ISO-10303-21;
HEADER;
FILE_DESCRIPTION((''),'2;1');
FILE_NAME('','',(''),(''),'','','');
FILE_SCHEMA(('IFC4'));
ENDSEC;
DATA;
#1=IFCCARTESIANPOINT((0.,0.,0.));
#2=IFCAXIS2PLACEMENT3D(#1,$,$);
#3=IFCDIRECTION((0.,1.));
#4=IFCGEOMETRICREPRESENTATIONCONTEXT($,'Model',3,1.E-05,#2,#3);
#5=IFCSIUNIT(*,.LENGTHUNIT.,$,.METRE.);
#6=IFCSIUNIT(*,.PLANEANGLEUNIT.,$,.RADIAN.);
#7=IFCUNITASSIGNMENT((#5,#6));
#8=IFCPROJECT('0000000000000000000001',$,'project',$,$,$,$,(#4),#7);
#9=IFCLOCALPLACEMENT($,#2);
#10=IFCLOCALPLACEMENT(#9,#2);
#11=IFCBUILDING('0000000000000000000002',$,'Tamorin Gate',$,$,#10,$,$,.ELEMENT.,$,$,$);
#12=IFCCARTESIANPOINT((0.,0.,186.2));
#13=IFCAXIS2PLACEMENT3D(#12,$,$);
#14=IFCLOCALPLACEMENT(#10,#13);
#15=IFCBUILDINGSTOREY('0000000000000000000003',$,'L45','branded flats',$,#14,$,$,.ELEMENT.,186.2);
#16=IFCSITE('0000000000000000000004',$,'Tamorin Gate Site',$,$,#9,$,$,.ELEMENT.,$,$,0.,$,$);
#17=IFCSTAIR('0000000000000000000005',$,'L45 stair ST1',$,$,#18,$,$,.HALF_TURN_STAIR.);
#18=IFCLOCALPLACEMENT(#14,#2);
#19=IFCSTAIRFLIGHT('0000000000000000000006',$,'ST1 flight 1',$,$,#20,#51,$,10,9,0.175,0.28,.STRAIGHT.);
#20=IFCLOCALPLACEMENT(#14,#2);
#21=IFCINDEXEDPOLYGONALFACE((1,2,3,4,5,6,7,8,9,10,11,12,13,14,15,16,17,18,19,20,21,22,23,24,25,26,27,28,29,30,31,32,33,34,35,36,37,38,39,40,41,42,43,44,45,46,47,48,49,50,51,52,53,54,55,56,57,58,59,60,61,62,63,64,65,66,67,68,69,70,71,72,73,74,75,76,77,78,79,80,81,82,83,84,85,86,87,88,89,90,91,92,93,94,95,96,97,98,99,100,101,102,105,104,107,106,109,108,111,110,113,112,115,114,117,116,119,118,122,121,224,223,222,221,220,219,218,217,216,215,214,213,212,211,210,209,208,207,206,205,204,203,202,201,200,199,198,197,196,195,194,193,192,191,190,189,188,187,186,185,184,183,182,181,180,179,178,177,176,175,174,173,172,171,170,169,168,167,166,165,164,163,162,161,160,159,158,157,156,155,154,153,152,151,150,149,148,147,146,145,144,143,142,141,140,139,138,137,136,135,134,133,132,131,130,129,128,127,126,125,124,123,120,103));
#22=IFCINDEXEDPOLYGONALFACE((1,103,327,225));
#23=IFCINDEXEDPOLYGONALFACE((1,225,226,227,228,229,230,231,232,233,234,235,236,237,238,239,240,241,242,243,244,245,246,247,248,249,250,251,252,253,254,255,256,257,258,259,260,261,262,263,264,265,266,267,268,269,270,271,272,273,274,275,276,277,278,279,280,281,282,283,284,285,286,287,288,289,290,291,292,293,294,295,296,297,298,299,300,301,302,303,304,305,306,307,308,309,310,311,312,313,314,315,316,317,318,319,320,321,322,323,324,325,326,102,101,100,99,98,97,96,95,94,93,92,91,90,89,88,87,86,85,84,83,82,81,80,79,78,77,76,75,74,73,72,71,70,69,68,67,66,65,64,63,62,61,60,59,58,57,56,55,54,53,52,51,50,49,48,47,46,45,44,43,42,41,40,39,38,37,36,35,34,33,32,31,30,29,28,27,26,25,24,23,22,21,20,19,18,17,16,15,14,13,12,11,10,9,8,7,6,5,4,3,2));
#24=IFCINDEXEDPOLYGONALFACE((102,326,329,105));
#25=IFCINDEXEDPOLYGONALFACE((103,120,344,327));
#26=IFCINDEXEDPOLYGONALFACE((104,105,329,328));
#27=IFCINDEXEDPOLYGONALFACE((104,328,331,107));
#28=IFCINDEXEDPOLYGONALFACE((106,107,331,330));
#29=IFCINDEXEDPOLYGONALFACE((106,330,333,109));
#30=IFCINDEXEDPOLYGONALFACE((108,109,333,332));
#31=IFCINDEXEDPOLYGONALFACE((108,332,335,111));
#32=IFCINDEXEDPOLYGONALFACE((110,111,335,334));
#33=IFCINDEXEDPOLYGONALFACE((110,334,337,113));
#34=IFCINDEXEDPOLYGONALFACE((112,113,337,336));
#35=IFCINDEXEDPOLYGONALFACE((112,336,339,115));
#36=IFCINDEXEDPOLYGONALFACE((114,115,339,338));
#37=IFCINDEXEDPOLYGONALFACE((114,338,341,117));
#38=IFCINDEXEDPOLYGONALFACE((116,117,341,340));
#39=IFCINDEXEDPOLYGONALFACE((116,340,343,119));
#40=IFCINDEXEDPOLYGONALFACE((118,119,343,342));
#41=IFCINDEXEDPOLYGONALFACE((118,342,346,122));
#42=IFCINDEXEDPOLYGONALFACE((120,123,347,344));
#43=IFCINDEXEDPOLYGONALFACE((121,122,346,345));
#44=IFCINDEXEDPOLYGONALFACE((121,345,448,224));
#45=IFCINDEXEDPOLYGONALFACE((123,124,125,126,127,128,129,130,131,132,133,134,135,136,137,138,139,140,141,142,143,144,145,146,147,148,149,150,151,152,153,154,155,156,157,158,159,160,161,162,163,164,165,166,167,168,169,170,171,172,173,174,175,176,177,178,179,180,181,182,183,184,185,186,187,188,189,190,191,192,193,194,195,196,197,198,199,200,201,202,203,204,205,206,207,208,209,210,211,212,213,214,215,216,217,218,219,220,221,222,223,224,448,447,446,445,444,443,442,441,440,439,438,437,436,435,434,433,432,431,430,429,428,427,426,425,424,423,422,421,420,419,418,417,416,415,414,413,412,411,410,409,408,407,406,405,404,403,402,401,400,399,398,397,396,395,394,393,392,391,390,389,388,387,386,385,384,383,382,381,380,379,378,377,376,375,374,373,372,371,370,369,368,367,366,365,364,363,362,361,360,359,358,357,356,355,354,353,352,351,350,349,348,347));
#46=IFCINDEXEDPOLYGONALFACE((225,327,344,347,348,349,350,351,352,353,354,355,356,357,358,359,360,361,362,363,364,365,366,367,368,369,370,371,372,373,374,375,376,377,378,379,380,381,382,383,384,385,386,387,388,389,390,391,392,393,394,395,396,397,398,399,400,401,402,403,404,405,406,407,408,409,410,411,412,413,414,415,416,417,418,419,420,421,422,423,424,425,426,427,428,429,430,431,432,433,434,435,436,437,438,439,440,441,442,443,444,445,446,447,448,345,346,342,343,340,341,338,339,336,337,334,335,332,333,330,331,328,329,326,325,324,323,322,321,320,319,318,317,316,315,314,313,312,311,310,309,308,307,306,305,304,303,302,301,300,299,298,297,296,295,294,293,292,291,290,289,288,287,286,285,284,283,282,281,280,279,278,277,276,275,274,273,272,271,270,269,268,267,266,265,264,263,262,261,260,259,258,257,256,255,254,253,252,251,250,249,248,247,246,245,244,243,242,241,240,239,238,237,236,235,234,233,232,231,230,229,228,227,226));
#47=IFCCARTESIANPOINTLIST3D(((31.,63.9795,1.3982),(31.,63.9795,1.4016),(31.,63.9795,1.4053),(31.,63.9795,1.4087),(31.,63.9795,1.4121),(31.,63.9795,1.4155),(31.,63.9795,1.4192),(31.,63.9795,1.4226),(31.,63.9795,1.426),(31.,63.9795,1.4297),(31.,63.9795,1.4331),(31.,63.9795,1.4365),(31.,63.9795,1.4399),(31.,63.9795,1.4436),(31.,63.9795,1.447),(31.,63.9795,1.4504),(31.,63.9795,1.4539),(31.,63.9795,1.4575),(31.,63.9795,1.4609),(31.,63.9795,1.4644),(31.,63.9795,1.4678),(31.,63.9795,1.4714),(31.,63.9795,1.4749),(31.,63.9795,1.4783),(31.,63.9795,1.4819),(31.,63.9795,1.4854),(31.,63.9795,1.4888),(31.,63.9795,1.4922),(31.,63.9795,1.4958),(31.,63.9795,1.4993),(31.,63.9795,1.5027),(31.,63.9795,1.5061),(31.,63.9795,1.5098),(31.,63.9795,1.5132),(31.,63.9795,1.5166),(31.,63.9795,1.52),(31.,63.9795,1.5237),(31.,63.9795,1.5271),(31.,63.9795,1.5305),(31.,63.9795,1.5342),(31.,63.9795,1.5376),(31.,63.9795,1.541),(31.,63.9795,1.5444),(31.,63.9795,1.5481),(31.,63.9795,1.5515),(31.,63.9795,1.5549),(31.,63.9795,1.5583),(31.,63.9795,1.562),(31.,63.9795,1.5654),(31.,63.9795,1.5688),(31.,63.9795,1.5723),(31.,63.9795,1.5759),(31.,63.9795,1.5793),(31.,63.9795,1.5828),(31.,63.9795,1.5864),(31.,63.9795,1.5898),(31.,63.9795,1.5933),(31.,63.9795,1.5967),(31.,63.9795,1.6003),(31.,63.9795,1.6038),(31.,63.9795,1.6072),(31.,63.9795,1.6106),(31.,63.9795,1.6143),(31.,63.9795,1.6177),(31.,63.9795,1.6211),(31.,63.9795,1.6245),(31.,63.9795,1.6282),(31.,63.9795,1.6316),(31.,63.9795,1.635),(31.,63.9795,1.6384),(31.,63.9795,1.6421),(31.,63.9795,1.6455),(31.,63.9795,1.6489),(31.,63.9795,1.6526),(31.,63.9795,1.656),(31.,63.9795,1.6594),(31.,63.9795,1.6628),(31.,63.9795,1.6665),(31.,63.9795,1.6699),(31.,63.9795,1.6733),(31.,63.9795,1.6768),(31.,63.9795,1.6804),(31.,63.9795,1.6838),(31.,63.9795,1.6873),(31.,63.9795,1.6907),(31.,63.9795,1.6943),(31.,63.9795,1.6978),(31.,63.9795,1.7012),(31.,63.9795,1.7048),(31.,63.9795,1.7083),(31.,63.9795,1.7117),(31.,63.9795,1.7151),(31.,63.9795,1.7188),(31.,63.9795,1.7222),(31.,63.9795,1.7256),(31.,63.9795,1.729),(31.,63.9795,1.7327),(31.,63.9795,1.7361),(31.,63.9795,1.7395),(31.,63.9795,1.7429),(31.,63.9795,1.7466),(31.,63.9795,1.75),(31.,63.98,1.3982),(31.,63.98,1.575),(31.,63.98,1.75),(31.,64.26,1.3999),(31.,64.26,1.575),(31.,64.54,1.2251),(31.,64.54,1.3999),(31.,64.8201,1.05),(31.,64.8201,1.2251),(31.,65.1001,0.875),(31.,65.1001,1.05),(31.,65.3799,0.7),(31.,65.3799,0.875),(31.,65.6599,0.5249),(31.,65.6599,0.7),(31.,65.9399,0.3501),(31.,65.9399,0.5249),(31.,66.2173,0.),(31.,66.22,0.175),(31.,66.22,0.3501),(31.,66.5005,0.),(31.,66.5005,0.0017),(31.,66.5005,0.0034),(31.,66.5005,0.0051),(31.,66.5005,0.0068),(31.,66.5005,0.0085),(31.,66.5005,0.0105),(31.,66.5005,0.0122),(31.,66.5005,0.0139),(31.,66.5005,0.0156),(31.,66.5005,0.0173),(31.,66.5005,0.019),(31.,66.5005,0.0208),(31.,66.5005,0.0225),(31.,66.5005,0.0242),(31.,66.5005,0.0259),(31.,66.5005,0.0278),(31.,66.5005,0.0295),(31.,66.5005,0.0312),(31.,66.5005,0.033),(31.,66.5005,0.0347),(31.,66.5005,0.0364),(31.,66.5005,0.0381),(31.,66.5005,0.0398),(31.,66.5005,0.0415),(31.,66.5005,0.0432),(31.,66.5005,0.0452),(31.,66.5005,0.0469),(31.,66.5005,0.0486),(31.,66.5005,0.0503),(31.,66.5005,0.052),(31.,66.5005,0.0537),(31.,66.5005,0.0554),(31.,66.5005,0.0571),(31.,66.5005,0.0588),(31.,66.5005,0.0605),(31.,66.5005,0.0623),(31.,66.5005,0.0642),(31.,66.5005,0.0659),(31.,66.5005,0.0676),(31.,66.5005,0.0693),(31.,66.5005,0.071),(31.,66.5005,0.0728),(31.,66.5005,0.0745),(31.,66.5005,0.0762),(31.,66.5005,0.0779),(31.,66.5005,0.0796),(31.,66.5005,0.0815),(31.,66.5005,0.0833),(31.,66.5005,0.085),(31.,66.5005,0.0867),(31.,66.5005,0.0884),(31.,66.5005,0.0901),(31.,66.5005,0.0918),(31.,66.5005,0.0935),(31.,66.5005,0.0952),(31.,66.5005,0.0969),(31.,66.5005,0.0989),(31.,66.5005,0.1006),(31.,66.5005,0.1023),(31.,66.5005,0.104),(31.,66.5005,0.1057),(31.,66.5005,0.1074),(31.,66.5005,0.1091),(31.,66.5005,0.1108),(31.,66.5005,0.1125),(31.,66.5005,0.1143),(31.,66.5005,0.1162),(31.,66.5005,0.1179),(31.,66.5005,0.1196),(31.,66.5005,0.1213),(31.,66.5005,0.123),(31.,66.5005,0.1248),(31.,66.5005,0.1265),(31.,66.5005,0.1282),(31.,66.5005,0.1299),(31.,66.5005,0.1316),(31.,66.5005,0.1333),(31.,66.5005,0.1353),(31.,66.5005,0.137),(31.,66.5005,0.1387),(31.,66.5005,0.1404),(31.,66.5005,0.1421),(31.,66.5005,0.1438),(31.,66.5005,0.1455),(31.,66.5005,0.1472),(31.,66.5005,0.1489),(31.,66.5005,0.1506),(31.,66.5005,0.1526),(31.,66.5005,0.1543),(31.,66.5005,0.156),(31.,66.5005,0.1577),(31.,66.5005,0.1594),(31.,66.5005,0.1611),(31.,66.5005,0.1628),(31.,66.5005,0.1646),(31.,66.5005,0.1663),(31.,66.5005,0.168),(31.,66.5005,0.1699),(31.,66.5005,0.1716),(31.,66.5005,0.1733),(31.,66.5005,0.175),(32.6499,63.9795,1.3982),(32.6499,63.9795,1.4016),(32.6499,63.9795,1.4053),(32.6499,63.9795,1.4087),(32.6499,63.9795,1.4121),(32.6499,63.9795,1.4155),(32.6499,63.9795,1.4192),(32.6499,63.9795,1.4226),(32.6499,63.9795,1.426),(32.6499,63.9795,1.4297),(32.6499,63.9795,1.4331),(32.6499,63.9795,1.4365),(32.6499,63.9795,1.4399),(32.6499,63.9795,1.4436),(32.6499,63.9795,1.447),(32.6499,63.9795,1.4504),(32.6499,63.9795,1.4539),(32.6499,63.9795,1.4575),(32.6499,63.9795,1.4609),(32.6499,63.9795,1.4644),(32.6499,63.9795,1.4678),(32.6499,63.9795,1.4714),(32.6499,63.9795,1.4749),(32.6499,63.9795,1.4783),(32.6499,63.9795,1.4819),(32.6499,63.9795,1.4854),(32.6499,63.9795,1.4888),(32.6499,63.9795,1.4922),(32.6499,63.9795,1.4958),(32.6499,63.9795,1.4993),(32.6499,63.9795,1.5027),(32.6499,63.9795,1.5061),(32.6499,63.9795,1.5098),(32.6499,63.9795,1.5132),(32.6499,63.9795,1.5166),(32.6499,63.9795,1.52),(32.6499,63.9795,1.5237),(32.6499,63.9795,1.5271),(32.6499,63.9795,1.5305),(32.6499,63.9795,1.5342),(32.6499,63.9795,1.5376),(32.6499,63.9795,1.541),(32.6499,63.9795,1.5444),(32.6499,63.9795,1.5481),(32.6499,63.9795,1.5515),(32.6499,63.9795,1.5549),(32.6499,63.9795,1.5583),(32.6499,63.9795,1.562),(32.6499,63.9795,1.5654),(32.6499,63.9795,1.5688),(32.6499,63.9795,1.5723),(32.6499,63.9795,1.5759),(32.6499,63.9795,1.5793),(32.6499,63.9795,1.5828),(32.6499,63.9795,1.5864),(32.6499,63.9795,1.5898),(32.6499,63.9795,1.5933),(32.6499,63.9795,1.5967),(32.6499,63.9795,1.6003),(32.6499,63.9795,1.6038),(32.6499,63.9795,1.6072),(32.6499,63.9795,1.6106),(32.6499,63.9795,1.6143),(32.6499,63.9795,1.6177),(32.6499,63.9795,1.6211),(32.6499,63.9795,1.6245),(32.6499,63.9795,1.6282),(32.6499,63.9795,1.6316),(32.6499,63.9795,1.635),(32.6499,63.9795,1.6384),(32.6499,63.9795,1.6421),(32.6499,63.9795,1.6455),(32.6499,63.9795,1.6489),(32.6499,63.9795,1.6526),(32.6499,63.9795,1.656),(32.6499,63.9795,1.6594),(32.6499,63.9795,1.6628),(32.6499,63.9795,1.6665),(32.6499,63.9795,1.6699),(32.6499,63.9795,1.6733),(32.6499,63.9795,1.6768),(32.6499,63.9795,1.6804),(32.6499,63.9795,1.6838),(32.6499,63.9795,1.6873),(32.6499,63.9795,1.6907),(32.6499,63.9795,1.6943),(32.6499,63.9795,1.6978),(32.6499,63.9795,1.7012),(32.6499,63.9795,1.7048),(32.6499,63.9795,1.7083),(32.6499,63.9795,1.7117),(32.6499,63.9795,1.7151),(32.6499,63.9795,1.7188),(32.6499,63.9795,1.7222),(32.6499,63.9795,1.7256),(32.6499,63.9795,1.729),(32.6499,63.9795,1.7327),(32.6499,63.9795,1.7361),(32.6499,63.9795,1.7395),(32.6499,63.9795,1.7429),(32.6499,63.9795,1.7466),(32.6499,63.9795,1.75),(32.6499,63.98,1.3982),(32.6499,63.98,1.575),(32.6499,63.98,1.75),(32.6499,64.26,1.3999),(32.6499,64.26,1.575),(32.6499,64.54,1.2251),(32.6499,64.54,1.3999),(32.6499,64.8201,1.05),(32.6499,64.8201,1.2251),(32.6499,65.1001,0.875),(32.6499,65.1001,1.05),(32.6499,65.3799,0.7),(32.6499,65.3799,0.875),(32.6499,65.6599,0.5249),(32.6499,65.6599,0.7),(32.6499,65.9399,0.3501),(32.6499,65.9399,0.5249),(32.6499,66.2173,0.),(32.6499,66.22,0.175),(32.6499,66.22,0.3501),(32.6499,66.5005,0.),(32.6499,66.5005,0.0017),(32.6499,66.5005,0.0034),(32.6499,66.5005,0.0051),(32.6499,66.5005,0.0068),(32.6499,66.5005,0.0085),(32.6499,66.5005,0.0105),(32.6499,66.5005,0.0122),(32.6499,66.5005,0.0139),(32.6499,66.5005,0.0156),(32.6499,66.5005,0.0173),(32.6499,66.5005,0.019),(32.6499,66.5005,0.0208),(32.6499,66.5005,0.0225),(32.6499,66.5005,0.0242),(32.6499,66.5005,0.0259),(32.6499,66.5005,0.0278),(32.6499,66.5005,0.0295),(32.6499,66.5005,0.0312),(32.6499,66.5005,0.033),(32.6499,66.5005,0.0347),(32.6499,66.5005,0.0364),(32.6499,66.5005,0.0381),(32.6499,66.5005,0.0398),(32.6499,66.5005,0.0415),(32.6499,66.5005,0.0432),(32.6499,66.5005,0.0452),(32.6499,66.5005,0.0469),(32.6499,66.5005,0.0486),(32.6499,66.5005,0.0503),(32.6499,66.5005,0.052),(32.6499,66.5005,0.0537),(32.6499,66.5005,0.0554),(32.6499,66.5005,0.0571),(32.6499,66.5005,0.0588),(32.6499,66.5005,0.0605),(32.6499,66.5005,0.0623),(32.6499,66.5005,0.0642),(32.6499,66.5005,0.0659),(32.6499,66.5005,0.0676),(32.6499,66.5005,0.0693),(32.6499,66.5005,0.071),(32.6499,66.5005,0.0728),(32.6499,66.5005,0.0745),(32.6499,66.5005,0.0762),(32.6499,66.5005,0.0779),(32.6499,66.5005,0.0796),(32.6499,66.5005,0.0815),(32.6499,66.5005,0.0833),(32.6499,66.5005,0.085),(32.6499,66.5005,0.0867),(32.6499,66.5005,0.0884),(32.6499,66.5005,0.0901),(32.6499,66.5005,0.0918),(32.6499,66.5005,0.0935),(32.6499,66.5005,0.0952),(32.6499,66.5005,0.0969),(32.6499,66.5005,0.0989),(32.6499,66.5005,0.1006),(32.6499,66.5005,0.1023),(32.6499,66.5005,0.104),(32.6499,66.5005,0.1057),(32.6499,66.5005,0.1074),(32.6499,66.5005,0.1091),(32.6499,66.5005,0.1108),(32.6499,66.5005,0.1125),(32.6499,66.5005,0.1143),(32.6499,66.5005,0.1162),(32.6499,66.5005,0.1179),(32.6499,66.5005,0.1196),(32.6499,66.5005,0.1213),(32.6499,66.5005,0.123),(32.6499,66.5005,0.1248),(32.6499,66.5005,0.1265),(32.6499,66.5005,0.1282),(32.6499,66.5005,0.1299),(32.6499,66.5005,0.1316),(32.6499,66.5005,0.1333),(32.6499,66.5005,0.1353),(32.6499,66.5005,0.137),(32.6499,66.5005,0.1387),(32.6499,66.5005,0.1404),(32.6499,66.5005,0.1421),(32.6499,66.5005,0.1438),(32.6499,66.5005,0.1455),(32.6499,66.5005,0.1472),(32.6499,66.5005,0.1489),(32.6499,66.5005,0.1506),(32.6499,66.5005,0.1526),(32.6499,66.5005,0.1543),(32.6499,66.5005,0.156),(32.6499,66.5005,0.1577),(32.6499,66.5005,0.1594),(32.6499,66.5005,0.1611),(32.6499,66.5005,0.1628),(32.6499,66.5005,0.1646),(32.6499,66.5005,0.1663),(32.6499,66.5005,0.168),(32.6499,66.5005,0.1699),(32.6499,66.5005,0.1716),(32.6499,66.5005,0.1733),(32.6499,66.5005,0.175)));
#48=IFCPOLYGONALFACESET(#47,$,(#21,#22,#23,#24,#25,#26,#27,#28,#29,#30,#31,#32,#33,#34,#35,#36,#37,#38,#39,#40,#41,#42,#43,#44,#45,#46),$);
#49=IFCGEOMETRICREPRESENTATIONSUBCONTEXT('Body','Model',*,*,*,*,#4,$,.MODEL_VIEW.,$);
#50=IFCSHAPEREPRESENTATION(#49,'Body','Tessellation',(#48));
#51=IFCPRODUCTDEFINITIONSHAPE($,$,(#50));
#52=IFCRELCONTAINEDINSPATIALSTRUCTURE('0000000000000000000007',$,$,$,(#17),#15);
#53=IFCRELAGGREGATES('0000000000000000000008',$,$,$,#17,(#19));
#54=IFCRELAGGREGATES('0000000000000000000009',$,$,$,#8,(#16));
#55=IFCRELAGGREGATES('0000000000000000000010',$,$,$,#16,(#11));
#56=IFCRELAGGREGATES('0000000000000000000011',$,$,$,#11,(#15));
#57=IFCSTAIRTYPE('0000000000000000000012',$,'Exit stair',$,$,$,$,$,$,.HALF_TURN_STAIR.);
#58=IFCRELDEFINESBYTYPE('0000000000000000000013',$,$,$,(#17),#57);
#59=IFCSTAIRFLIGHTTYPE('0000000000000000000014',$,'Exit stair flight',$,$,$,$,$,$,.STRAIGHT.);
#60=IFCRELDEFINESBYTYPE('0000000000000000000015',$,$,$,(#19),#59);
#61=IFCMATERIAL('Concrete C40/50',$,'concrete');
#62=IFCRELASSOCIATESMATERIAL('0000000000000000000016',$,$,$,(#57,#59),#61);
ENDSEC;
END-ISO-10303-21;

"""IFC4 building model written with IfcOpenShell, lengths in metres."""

from ifc_helpers import new_model, si_unit, direction, frame, origin, place, context, subcontext, project, spatial, polyline, outline, extrude, material, type_object, element, aggregate, save


model = new_model("IFC4")

# Units and contexts
model_context = context("Model", 3, precision=1e-05, world=origin(), true_north=direction((0.0, 1.0)))
body_context = subcontext(model_context, "Body", "Model", "MODEL_VIEW")
ifc_project = project(units=[si_unit("LENGTHUNIT", "METRE"), si_unit("PLANEANGLEUNIT", "RADIAN")], contexts=[model_context])

# Site, building, storey
site_placement = place(None, origin())
site = spatial("IfcSite", under=ifc_project, at=site_placement, Name="Tamorin Gate Site", CompositionType="ELEMENT", RefElevation=0.0)
building_placement = place(site_placement, origin())
building = spatial("IfcBuilding", under=site, at=building_placement, Name="Tamorin Gate", CompositionType="ELEMENT")
storey_placement = place(building_placement, frame((0.0, 0.0, 186.2)))
storey = spatial("IfcBuildingStorey", under=building, at=storey_placement, Name="L45", Description="branded flats", CompositionType="ELEMENT", Elevation=186.2)

# Shared definitions
ifc_material_1 = material(Name="Concrete C40/50", Category="concrete")

# Stair, stair flight
stair_type = type_object("IfcStairType", Name="Exit stair", PredefinedType="HALF_TURN_STAIR", material=ifc_material_1)
stair_1_placement = place(storey_placement, origin())
stair_1 = element("IfcStair", 1, at=stair_1_placement, inside=storey, type_object=stair_type, Name="L45 stair ST1", PredefinedType="HALF_TURN_STAIR")
stair_flight_type = type_object("IfcStairFlightType", Name="Exit stair flight", PredefinedType="STRAIGHT", material=ifc_material_1)
stair_flight_1_placement = place(storey_placement, frame((31.825, 66.5, 0.0), z_axis=(0.0, 0.0, 1.0), x_axis=(0.0, -1.0, 0.0)))
stair_flight_1 = element("IfcStairFlight", 2, at=stair_flight_1_placement, type_object=stair_flight_type, Name="ST1 flight 1", NumberOfRisers=10, NumberOfTreads=9, PredefinedType="STRAIGHT", RiserHeight=0.175, TreadLength=0.28, context=body_context, shape_type="SweptSolid", body=[
    extrude(outline(polyline([(-0.0005, 0.0), (-0.0005, 0.0017), (-0.0005, 0.0034), (-0.0005, 0.0051), (-0.0005, 0.0068), (-0.0005, 0.0085), (-0.0005, 0.0105), (-0.0005, 0.0122), (-0.0005, 0.0139), (-0.0005, 0.0156), (-0.0005, 0.0173), (-0.0005, 0.019), (-0.0005, 0.0208), (-0.0005, 0.0225), (-0.0005, 0.0242), (-0.0005, 0.0259), (-0.0005, 0.0278), (-0.0005, 0.0295), (-0.0005, 0.0312), (-0.0005, 0.033), (-0.0005, 0.0347), (-0.0005, 0.0364), (-0.0005, 0.0381), (-0.0005, 0.0398), (-0.0005, 0.0415), (-0.0005, 0.0432), (-0.0005, 0.0452), (-0.0005, 0.0469), (-0.0005, 0.0486), (-0.0005, 0.0503), (-0.0005, 0.052), (-0.0005, 0.0537), (-0.0005, 0.0554), (-0.0005, 0.0571), (-0.0005, 0.0588), (-0.0005, 0.0605), (-0.0005, 0.0623), (-0.0005, 0.0642), (-0.0005, 0.0659), (-0.0005, 0.0676), (-0.0005, 0.0693), (-0.0005, 0.071), (-0.0005, 0.0728), (-0.0005, 0.0745), (-0.0005, 0.0762), (-0.0005, 0.0779), (-0.0005, 0.0796), (-0.0005, 0.0815), (-0.0005, 0.0833), (-0.0005, 0.085), (-0.0005, 0.0867), (-0.0005, 0.0884), (-0.0005, 0.0901), (-0.0005, 0.0918), (-0.0005, 0.0935), (-0.0005, 0.0952), (-0.0005, 0.0969), (-0.0005, 0.0989), (-0.0005, 0.1006), (-0.0005, 0.1023), (-0.0005, 0.104), (-0.0005, 0.1057), (-0.0005, 0.1074), (-0.0005, 0.1091), (-0.0005, 0.1108), (-0.0005, 0.1125), (-0.0005, 0.1143), (-0.0005, 0.1162), (-0.0005, 0.1179), (-0.0005, 0.1196), (-0.0005, 0.1213), (-0.0005, 0.123), (-0.0005, 0.1248), (-0.0005, 0.1265), (-0.0005, 0.1282), (-0.0005, 0.1299), (-0.0005, 0.1316), (-0.0005, 0.1333), (-0.0005, 0.1353), (-0.0005, 0.137), (-0.0005, 0.1387), (-0.0005, 0.1404), (-0.0005, 0.1421), (-0.0005, 0.1438), (-0.0005, 0.1455), (-0.0005, 0.1472), (-0.0005, 0.1489), (-0.0005, 0.1506), (-0.0005, 0.1526), (-0.0005, 0.1543), (-0.0005, 0.156), (-0.0005, 0.1577), (-0.0005, 0.1594), (-0.0005, 0.1611), (-0.0005, 0.1628), (-0.0005, 0.1646), (-0.0005, 0.1663), (-0.0005, 0.168), (-0.0005, 0.1699), (-0.0005, 0.1716), (-0.0005, 0.1733), (-0.0005, 0.175), (0.28, 0.175), (0.28, 0.3501), (0.5601, 0.3501), (0.5601, 0.5249), (0.8401, 0.5249), (0.8401, 0.7), (1.1201, 0.7), (1.1201, 0.875), (1.3999, 0.875), (1.3999, 1.05), (1.6799, 1.05), (1.6799, 1.2251), (1.96, 1.2251), (1.96, 1.3999), (2.24, 1.3999), (2.24, 1.575), (2.52, 1.575), (2.52, 1.75), (2.5205, 1.75), (2.5205, 1.7466), (2.5205, 1.7429), (2.5205, 1.7395), (2.5205, 1.7361), (2.5205, 1.7327), (2.5205, 1.729), (2.5205, 1.7256), (2.5205, 1.7222), (2.5205, 1.7188), (2.5205, 1.7151), (2.5205, 1.7117), (2.5205, 1.7083), (2.5205, 1.7048), (2.5205, 1.7012), (2.5205, 1.6978), (2.5205, 1.6943), (2.5205, 1.6907), (2.5205, 1.6873), (2.5205, 1.6838), (2.5205, 1.6804), (2.5205, 1.6768), (2.5205, 1.6733), (2.5205, 1.6699), (2.5205, 1.6665), (2.5205, 1.6628), (2.5205, 1.6594), (2.5205, 1.656), (2.5205, 1.6526), (2.5205, 1.6489), (2.5205, 1.6455), (2.5205, 1.6421), (2.5205, 1.6384), (2.5205, 1.635), (2.5205, 1.6316), (2.5205, 1.6282), (2.5205, 1.6245), (2.5205, 1.6211), (2.5205, 1.6177), (2.5205, 1.6143), (2.5205, 1.6106), (2.5205, 1.6072), (2.5205, 1.6038), (2.5205, 1.6003), (2.5205, 1.5967), (2.5205, 1.5933), (2.5205, 1.5898), (2.5205, 1.5864), (2.5205, 1.5828), (2.5205, 1.5793), (2.5205, 1.5759), (2.5205, 1.5723), (2.5205, 1.5688), (2.5205, 1.5654), (2.5205, 1.562), (2.5205, 1.5583), (2.5205, 1.5549), (2.5205, 1.5515), (2.5205, 1.5481), (2.5205, 1.5444), (2.5205, 1.541), (2.5205, 1.5376), (2.5205, 1.5342), (2.5205, 1.5305), (2.5205, 1.5271), (2.5205, 1.5237), (2.5205, 1.52), (2.5205, 1.5166), (2.5205, 1.5132), (2.5205, 1.5098), (2.5205, 1.5061), (2.5205, 1.5027), (2.5205, 1.4993), (2.5205, 1.4958), (2.5205, 1.4922), (2.5205, 1.4888), (2.5205, 1.4854), (2.5205, 1.4819), (2.5205, 1.4783), (2.5205, 1.4749), (2.5205, 1.4714), (2.5205, 1.4678), (2.5205, 1.4644), (2.5205, 1.4609), (2.5205, 1.4575), (2.5205, 1.4539), (2.5205, 1.4504), (2.5205, 1.447), (2.5205, 1.4436), (2.5205, 1.4399), (2.5205, 1.4365), (2.5205, 1.4331), (2.5205, 1.4297), (2.5205, 1.426), (2.5205, 1.4226), (2.5205, 1.4192), (2.5205, 1.4155), (2.5205, 1.4121), (2.5205, 1.4087), (2.5205, 1.4053), (2.5205, 1.4016), (2.5205, 1.3982), (2.52, 1.3982), (0.2827, 0.0), (-0.0005, 0.0)])), frame((0.0, 0.825, 0.0), z_axis=(0.0, -1.0, 0.0), x_axis=(1.0, 0.0, 0.0)), (0.0, 0.0, 1.0), 1.6499),
])
aggregate(stair_1, [stair_flight_1])

save(model, "model.ifc")
